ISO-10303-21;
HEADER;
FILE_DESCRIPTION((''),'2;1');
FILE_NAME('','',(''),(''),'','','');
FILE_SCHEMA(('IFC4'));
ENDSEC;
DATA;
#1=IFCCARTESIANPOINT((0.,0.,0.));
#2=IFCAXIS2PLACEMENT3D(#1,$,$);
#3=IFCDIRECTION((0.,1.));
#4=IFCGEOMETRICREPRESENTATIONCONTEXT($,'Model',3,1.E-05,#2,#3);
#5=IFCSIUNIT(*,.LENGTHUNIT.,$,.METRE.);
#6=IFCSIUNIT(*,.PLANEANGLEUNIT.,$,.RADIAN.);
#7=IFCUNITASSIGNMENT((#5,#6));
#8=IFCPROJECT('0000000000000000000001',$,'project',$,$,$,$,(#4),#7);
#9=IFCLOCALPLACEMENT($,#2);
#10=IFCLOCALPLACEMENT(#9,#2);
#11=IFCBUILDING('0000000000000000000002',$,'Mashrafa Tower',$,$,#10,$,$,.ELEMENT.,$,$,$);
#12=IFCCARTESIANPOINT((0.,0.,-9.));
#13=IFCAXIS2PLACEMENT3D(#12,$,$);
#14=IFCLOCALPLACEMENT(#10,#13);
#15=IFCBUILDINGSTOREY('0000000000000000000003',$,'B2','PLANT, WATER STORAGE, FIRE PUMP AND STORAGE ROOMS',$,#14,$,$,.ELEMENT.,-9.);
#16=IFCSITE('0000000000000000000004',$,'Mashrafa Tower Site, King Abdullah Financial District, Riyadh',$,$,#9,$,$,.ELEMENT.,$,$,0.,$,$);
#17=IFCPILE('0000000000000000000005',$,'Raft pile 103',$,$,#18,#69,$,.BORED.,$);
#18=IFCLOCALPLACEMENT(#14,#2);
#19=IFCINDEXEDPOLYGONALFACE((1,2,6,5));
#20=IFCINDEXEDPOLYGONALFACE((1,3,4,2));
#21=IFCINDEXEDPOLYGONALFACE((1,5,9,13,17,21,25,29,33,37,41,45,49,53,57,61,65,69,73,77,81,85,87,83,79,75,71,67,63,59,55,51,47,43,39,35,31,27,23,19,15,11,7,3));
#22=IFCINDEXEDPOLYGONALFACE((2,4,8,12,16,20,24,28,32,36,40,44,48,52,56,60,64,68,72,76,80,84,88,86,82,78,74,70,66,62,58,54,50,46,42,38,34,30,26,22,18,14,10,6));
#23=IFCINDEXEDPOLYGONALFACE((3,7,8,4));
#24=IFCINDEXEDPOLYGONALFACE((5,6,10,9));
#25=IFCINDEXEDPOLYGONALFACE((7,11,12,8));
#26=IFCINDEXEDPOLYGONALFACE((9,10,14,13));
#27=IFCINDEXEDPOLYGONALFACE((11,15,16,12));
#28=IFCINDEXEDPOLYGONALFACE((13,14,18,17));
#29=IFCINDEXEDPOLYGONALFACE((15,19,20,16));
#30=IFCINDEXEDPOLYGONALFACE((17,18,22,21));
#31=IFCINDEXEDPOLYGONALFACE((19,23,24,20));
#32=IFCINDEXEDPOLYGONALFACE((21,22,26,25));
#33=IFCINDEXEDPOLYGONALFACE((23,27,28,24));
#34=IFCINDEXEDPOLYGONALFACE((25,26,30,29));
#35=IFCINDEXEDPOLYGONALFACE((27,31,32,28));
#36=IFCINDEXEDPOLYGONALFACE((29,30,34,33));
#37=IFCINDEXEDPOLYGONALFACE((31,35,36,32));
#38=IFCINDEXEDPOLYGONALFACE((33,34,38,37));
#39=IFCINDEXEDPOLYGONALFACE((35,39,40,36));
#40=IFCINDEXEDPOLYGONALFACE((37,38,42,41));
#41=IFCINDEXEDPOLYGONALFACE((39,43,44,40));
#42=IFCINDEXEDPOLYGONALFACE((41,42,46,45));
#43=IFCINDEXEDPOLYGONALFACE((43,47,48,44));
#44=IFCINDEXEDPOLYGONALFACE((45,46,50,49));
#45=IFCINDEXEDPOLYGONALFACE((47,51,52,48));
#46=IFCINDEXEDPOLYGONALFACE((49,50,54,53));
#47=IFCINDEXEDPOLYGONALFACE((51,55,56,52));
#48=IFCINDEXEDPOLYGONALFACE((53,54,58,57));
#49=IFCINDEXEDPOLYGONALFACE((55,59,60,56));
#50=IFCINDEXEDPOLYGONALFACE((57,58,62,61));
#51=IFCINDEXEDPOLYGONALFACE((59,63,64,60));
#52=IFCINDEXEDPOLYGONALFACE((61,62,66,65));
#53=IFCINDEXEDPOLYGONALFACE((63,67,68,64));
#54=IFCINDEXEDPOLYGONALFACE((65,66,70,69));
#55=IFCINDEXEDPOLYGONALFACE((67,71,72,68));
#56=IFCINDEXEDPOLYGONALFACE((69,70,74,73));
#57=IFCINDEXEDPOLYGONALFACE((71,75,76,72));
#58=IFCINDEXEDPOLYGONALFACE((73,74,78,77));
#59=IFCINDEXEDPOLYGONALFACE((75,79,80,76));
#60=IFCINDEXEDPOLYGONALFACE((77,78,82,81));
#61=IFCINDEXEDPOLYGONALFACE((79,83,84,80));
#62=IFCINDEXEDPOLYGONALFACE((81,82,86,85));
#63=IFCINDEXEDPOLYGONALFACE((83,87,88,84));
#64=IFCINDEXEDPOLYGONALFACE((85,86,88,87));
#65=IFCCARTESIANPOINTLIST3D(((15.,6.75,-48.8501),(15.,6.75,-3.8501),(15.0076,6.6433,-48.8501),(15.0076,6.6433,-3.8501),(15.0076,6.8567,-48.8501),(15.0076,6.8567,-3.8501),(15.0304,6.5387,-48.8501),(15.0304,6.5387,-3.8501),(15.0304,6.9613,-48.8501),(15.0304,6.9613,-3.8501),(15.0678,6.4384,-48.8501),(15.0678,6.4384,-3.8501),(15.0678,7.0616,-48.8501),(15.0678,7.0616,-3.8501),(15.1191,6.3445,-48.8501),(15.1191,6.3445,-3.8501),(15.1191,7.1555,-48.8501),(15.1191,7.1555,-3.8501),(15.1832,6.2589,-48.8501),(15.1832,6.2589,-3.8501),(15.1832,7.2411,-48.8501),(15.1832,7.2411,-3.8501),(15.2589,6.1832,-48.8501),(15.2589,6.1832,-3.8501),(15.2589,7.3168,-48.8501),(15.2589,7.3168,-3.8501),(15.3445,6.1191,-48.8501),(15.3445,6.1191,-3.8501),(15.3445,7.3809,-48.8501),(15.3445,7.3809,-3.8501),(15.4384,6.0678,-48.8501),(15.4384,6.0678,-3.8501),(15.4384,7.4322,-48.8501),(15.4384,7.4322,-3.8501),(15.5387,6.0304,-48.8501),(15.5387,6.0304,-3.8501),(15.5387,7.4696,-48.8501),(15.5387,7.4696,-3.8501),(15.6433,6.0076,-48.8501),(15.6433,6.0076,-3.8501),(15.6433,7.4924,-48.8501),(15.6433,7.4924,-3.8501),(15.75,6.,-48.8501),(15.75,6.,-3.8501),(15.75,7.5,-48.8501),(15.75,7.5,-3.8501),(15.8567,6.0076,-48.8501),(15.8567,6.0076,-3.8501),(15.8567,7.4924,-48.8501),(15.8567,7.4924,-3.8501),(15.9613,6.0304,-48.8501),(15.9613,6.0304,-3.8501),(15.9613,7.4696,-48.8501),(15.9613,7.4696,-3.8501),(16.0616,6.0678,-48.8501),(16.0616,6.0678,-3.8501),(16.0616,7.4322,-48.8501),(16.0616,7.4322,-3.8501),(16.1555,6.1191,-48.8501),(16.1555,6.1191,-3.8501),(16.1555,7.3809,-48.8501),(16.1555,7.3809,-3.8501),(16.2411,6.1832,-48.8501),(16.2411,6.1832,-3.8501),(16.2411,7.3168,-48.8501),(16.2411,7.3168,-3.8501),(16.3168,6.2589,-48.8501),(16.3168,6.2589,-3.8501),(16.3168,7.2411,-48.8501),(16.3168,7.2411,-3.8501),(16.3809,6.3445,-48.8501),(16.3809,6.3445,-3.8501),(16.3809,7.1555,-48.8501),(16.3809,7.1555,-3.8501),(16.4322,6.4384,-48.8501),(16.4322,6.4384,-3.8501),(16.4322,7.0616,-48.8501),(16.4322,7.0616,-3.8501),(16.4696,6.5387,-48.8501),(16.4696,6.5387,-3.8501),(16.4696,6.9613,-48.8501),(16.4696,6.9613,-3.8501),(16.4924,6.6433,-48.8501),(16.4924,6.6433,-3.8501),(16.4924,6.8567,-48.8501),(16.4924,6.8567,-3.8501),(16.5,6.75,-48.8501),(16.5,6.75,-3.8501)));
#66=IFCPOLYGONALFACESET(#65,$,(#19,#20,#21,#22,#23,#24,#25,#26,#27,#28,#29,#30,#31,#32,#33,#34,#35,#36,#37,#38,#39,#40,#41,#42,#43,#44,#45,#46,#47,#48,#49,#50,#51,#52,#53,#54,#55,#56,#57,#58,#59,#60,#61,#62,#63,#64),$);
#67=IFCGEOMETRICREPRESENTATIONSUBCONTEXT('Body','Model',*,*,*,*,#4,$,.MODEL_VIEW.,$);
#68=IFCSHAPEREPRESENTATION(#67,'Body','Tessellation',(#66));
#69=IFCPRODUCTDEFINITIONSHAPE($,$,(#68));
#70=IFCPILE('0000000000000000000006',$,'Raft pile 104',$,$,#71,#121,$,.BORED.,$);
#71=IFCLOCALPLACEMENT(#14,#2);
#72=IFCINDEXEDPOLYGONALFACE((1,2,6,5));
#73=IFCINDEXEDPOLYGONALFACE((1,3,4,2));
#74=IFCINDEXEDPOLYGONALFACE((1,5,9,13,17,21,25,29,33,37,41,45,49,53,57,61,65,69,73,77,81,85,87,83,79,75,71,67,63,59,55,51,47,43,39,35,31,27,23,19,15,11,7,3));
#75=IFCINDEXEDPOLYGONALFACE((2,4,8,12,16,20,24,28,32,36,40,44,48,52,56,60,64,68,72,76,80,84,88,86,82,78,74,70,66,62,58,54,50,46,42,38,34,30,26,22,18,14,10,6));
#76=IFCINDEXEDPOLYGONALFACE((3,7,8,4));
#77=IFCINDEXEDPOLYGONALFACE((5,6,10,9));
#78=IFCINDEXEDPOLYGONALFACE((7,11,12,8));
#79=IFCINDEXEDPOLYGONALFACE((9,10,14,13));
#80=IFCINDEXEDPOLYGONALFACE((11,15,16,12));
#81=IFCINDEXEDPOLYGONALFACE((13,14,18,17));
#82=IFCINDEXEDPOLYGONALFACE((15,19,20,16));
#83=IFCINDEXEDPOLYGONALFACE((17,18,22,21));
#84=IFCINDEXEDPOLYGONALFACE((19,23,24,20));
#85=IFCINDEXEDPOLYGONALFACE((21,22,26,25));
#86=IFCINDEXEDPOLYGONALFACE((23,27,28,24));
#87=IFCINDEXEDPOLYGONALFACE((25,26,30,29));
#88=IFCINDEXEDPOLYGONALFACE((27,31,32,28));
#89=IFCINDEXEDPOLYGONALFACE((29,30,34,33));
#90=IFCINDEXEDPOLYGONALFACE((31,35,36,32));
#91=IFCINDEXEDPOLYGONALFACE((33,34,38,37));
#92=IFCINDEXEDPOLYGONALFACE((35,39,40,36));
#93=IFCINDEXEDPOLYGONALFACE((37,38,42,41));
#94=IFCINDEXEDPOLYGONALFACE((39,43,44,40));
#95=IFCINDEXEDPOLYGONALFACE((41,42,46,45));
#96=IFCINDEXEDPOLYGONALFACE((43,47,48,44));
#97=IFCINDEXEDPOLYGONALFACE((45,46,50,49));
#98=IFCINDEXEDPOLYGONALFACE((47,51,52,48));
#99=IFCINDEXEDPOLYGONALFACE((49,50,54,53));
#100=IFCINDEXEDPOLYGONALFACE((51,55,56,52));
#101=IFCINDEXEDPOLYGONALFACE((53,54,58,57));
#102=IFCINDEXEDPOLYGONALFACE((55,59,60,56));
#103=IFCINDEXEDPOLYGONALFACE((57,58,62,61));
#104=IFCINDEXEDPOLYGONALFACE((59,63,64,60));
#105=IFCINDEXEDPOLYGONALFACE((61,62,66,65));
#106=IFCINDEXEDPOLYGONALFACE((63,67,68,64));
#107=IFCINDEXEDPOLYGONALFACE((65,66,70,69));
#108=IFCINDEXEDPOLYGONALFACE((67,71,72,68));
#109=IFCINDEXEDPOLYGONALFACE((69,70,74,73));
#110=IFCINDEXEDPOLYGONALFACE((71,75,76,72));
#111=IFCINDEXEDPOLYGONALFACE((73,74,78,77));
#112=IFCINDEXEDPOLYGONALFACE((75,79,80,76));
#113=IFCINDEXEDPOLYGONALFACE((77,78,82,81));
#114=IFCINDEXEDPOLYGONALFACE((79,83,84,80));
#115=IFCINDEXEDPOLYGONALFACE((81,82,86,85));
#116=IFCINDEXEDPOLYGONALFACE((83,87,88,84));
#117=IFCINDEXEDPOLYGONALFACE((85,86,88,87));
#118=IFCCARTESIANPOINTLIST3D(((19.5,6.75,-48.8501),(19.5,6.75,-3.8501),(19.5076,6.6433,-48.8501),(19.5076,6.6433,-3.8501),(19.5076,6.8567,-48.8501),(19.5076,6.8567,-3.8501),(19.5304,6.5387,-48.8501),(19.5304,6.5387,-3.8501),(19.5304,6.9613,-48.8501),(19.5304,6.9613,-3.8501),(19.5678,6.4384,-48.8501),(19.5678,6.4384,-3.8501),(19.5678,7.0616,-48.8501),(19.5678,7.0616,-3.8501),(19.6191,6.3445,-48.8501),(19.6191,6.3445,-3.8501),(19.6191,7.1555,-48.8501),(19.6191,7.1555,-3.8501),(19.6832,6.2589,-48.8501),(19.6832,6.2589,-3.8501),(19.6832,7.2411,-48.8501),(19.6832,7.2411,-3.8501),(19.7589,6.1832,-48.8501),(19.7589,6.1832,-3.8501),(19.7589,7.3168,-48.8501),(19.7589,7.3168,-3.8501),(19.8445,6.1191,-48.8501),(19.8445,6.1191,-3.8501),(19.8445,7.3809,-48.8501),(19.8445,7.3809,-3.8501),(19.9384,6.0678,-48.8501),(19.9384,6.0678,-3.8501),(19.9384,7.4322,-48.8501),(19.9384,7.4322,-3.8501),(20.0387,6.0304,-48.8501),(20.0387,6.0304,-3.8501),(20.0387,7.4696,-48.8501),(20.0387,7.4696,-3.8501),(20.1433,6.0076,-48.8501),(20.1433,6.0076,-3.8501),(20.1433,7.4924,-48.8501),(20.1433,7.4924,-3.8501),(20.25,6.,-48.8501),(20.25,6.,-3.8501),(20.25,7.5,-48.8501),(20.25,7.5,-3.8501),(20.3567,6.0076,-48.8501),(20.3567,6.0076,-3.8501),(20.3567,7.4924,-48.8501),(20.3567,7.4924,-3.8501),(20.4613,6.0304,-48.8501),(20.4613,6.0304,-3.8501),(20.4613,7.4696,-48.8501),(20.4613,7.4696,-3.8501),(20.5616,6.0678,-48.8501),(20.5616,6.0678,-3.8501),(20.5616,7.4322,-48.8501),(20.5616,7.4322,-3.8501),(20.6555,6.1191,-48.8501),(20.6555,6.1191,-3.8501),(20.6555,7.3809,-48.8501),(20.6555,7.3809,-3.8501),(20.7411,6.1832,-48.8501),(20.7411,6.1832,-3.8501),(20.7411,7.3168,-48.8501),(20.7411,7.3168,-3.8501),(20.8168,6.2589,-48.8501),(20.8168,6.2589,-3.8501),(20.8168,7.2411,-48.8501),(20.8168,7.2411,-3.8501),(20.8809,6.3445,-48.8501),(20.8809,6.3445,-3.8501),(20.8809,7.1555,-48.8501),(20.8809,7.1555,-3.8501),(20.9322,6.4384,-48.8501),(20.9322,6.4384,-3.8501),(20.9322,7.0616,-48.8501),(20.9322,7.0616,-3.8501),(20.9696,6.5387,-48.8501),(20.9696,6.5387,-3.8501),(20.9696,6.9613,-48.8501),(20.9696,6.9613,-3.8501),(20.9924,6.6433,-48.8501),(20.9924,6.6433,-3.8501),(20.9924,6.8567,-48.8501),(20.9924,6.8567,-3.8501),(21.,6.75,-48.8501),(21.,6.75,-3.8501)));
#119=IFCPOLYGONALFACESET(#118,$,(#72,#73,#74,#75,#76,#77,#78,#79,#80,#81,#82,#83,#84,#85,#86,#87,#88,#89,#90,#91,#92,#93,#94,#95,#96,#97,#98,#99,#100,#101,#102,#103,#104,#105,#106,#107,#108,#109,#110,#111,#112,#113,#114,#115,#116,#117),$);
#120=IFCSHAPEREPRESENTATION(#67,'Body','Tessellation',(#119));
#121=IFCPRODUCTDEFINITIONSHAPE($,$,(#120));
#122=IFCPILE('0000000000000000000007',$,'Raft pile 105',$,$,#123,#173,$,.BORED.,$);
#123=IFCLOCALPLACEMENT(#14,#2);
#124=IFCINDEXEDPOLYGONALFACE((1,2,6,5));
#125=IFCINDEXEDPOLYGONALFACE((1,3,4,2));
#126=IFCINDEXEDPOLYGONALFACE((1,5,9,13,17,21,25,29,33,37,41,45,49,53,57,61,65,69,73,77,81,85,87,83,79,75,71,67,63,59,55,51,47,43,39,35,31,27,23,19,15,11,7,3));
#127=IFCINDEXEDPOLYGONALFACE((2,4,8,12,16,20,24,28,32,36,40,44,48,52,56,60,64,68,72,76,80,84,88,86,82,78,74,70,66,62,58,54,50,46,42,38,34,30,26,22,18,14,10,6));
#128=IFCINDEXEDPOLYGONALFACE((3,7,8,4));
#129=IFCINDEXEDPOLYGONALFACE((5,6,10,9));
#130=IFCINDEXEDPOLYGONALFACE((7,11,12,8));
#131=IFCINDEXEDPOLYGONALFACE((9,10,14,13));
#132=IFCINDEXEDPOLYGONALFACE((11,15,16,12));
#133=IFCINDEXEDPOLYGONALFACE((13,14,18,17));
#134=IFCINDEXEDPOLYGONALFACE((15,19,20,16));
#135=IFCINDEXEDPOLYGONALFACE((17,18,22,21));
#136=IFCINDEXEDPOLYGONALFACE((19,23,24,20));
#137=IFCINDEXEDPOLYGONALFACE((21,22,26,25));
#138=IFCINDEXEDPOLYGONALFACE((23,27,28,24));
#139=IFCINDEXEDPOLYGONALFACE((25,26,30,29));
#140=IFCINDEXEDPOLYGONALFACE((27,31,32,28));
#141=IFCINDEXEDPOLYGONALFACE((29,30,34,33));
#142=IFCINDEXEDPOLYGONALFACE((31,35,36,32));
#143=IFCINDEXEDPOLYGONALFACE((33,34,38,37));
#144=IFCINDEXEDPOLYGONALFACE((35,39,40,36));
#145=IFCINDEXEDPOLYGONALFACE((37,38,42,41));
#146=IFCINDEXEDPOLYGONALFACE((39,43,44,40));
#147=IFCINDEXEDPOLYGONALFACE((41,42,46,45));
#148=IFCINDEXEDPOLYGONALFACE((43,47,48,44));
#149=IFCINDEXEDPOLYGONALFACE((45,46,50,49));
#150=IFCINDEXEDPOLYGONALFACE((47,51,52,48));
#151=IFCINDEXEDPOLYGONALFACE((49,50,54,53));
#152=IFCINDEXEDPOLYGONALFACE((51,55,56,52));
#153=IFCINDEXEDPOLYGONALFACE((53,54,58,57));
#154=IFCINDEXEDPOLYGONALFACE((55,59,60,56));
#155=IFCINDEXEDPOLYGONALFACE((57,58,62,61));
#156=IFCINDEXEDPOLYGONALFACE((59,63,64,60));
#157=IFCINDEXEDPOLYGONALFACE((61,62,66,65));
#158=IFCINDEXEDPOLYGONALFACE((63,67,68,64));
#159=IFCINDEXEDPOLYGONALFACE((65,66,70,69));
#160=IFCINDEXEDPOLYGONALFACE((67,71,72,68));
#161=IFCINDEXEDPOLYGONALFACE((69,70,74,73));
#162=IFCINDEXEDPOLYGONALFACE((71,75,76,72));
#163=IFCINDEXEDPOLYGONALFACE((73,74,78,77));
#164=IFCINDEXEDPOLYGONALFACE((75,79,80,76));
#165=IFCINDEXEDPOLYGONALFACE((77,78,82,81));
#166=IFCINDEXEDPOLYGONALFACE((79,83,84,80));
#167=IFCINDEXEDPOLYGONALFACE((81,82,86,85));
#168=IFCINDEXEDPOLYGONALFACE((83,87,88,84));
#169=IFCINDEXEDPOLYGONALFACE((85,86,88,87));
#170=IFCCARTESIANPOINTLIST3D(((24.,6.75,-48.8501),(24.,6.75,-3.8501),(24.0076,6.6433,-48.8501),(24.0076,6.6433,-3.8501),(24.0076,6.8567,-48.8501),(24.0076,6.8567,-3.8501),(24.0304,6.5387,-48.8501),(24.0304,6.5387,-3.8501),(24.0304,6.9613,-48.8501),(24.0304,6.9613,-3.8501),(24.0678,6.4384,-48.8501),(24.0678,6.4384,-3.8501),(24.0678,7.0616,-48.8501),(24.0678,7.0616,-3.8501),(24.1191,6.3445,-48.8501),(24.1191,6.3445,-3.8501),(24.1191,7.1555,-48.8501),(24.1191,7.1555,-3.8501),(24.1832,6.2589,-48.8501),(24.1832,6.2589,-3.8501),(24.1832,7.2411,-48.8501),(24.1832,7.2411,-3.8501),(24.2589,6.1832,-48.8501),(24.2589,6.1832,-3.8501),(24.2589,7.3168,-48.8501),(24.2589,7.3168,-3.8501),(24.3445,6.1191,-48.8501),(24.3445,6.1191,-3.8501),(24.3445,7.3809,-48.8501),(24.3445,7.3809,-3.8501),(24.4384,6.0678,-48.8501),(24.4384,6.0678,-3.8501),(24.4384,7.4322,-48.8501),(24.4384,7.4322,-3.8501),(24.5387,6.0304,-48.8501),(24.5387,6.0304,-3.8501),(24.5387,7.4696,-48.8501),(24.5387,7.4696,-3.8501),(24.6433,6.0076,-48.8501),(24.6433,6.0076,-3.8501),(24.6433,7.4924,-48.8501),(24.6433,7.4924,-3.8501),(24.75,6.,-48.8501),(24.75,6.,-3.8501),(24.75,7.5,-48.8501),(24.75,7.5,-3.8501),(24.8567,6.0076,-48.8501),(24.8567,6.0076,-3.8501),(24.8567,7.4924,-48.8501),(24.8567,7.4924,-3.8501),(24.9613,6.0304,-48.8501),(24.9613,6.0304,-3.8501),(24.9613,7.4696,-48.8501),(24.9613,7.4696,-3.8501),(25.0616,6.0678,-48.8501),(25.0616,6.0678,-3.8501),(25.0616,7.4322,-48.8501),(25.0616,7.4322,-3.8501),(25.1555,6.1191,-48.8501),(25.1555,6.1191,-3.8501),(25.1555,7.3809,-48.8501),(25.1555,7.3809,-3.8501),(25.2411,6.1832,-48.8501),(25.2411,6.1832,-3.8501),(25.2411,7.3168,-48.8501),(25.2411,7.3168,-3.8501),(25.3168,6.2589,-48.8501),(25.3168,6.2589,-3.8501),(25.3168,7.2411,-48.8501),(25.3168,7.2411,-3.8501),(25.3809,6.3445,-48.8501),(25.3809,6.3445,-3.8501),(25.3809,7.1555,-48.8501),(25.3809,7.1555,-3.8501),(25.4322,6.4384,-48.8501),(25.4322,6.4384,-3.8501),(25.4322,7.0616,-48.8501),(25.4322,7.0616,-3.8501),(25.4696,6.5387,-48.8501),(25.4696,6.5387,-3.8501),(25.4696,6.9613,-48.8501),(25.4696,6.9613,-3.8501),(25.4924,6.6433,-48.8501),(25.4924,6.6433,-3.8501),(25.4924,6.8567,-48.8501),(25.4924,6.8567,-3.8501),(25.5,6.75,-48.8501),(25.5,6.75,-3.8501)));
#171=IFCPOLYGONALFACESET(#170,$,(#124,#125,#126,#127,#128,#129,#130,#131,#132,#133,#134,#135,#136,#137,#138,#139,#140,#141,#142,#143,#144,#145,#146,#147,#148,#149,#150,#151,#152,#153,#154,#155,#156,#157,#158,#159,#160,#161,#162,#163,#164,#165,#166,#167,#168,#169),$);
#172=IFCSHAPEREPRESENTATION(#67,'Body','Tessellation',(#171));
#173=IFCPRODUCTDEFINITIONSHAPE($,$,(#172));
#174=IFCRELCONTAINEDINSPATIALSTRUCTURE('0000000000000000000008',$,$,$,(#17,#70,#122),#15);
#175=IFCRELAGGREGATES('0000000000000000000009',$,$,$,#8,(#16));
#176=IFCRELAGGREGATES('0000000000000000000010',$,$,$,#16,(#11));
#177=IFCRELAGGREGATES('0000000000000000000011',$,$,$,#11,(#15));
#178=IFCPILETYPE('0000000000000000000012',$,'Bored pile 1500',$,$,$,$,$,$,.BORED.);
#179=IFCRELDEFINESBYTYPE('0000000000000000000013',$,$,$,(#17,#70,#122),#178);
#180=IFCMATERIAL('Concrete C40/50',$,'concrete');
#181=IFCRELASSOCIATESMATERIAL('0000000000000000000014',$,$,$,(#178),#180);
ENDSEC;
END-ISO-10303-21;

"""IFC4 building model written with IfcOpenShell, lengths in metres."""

from ifc_helpers import new_model, si_unit, direction, frame, origin, origin_2d, place, context, subcontext, project, spatial, circle, extrude, material, material_profile, profile_set, type_object, element, save


model = new_model("IFC4")

# Units and contexts
model_context = context("Model", 3, precision=1e-05, world=origin(), true_north=direction((0.0, 1.0)))
body_context = subcontext(model_context, "Body", "Model", "MODEL_VIEW")
ifc_project = project(units=[si_unit("LENGTHUNIT", "METRE"), si_unit("PLANEANGLEUNIT", "RADIAN")], contexts=[model_context])

# Site, building, storey
site_placement = place(None, origin())
site = spatial("IfcSite", under=ifc_project, at=site_placement, Name="Mashrafa Tower Site, King Abdullah Financial District, Riyadh", CompositionType="ELEMENT", RefElevation=0.0)
building_placement = place(site_placement, origin())
building = spatial("IfcBuilding", under=site, at=building_placement, Name="Mashrafa Tower", CompositionType="ELEMENT")
storey_placement = place(building_placement, frame((0.0, 0.0, -9.0)))
storey = spatial("IfcBuildingStorey", under=building, at=storey_placement, Name="B2", Description="PLANT, WATER STORAGE, FIRE PUMP AND STORAGE ROOMS", CompositionType="ELEMENT", Elevation=-9.0)

# Piles
ifc_material_1 = material(Name="Concrete C40/50", Category="concrete")
ifc_material_profile_1 = material_profile(ifc_material_1, circle(Radius=0.75, at=origin_2d()), Name="1500 DIA")
ifc_profile_set_1 = profile_set([ifc_material_profile_1], Name="Concrete C40/50")
pile_type_1 = type_object("IfcPileType", Name="Bored pile 1500", PredefinedType="BORED", material=ifc_profile_set_1)
for number, where, z_axis, x_axis, name in (
    (1, (15.75, 6.75, -3.8501), (0.0, 0.0, -1.0), (1.0, 0.0, 0.0), "Raft pile 103"),
    (2, (20.25, 6.75, -3.8501), (0.0, 0.0, -1.0), (1.0, 0.0, 0.0), "Raft pile 104"),
    (3, (24.75, 6.75, -3.8501), (0.0, 0.0, -1.0), (1.0, 0.0, 0.0), "Raft pile 105"),
):
    element("IfcPile", number, at=place(storey_placement, frame(where, z_axis=z_axis, x_axis=x_axis)), inside=storey, type_object=pile_type_1, Name=name, PredefinedType="BORED", context=body_context, shape_type="SweptSolid", body=[
        extrude(circle(Radius=0.75, at=origin_2d()), origin(), (0.0, 0.0, 1.0), 45.0),
    ])

save(model, "model.ifc")
